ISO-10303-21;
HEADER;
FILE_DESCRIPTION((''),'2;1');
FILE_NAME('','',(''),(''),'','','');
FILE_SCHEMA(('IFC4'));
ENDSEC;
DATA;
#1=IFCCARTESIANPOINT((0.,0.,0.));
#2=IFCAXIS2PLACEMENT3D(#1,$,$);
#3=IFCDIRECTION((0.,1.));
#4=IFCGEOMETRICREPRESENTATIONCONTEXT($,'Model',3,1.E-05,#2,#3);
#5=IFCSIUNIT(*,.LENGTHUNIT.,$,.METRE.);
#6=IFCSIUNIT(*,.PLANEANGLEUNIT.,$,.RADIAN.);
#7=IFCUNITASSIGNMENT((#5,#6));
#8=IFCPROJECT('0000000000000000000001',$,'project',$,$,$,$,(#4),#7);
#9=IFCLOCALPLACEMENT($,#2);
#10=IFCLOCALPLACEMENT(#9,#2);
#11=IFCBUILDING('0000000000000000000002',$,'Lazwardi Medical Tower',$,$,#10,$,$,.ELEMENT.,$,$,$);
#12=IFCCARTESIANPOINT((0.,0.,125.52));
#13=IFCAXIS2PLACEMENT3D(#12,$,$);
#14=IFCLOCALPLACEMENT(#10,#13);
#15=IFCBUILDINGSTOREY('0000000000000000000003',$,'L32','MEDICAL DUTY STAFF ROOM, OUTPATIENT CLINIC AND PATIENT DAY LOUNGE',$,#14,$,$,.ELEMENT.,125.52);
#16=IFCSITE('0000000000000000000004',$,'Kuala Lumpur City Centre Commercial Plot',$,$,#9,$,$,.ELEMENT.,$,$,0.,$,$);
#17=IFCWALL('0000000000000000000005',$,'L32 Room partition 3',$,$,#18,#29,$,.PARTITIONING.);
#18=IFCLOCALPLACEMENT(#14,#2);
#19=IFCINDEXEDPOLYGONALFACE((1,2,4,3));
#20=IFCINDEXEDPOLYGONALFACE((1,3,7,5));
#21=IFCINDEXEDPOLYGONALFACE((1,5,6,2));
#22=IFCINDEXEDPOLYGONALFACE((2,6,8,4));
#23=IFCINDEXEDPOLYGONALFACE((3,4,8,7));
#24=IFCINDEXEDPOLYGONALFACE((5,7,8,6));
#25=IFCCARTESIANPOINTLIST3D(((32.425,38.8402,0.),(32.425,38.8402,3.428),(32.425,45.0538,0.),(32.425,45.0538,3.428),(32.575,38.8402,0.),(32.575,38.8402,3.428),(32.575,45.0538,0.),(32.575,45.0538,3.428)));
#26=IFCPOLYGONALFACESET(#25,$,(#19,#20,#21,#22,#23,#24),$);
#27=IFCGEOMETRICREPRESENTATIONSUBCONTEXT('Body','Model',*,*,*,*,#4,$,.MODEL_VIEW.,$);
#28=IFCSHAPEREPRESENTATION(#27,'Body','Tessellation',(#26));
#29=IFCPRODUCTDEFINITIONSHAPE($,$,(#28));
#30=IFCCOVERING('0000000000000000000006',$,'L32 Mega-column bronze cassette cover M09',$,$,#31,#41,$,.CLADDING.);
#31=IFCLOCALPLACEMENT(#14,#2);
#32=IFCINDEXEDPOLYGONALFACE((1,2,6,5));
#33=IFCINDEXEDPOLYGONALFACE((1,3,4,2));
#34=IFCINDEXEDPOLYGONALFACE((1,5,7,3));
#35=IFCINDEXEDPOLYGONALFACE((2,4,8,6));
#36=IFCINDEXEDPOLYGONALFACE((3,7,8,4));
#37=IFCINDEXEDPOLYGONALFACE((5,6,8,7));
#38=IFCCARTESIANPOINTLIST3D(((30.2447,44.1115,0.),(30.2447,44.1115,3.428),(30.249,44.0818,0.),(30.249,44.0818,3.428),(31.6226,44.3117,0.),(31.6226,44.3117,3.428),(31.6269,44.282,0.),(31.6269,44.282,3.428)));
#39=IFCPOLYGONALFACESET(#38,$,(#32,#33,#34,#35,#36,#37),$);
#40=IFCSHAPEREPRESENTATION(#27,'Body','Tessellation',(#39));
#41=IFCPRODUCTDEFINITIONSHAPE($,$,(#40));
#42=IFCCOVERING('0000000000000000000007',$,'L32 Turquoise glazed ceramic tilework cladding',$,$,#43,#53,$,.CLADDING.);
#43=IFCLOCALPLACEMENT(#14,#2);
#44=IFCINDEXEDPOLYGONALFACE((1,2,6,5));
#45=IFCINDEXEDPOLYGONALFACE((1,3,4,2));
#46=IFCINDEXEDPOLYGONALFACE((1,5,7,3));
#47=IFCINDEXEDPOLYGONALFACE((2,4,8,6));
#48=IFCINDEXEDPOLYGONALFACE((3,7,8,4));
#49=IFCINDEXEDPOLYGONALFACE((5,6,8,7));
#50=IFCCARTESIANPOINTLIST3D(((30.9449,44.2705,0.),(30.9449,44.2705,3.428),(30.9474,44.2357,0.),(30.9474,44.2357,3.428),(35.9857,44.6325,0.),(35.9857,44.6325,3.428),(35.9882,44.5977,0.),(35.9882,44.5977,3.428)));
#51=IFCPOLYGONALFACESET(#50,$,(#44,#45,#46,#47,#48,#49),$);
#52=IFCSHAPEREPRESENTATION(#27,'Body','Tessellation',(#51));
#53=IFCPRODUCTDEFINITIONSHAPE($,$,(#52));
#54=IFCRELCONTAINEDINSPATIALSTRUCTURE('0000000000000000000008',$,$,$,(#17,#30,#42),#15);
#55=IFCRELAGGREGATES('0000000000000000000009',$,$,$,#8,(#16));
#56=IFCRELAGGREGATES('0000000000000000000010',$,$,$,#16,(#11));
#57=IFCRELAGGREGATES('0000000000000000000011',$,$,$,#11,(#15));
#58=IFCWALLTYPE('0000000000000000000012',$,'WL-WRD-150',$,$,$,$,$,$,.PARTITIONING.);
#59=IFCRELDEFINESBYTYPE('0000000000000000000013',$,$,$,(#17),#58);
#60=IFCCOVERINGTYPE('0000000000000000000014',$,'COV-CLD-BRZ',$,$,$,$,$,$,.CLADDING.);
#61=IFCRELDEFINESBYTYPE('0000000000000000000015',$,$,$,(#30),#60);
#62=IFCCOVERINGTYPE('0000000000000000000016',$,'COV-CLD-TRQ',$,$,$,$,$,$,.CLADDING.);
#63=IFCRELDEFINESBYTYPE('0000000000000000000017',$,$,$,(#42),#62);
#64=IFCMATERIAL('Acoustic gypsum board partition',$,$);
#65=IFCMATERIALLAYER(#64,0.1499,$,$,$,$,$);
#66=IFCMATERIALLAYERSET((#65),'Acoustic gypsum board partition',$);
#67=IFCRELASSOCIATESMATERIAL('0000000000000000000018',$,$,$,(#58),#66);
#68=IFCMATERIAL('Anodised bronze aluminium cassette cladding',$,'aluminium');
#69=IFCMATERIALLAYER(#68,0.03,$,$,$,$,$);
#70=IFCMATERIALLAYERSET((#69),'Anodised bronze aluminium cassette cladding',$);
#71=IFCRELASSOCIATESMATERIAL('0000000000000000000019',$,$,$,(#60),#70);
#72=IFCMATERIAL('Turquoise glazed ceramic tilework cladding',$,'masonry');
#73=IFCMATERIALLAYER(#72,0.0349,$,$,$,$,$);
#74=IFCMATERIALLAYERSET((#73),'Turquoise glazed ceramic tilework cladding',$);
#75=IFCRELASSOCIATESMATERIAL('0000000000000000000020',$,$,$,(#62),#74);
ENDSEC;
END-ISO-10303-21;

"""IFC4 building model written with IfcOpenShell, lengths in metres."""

from ifc_helpers import new_model, si_unit, direction, frame, frame_2d, origin, origin_2d, place, context, subcontext, project, spatial, rectangle, extrude, material, layer, layer_set, type_object, element, save


model = new_model("IFC4")

# Units and contexts
model_context = context("Model", 3, precision=1e-05, world=origin(), true_north=direction((0.0, 1.0)))
body_context = subcontext(model_context, "Body", "Model", "MODEL_VIEW")
ifc_project = project(units=[si_unit("LENGTHUNIT", "METRE"), si_unit("PLANEANGLEUNIT", "RADIAN")], contexts=[model_context])

# Site, building, storey
site_placement = place(None, origin())
site = spatial("IfcSite", under=ifc_project, at=site_placement, Name="Kuala Lumpur City Centre Commercial Plot", CompositionType="ELEMENT", RefElevation=0.0)
building_placement = place(site_placement, origin())
building = spatial("IfcBuilding", under=site, at=building_placement, Name="Lazwardi Medical Tower", CompositionType="ELEMENT")
storey_placement = place(building_placement, frame((0.0, 0.0, 125.52)))
storey = spatial("IfcBuildingStorey", under=building, at=storey_placement, Name="L32", Description="MEDICAL DUTY STAFF ROOM, OUTPATIENT CLINIC AND PATIENT DAY LOUNGE", CompositionType="ELEMENT", Elevation=125.52)

# Wall
ifc_material_1 = material(Name="Acoustic gypsum board partition")
ifc_layer_1 = layer(ifc_material_1, 0.1499)
ifc_layer_set_1 = layer_set([ifc_layer_1], Name="Acoustic gypsum board partition")
wall_type_1 = type_object("IfcWallType", Name="WL-WRD-150", PredefinedType="PARTITIONING", material=ifc_layer_set_1)
wall_1_placement = place(storey_placement, frame((32.5, 38.8401, 0.0), z_axis=(0.0, 0.0, 1.0), x_axis=(0.0, 1.0, 0.0)))
element("IfcWall", 1, at=wall_1_placement, inside=storey, type_object=wall_type_1, Name="L32 Room partition 3", PredefinedType="PARTITIONING", context=body_context, shape_type="SweptSolid", body=[
    extrude(rectangle(XDim=6.2136, YDim=0.1499, at=frame_2d((3.1069, 0.0))), origin(), (0.0, 0.0, 1.0), 3.428),
])

# Coverings
ifc_material_2 = material(Name="Anodised bronze aluminium cassette cladding", Category="aluminium")
ifc_layer_2 = layer(ifc_material_2, 0.03)
ifc_layer_set_2 = layer_set([ifc_layer_2], Name="Anodised bronze aluminium cassette cladding")
covering_type_1 = type_object("IfcCoveringType", Name="COV-CLD-BRZ", PredefinedType="CLADDING", material=ifc_layer_set_2)
covering_1_placement = place(storey_placement, frame((30.9358, 44.1968, 0.0), z_axis=(0.0, 0.0, 1.0), x_axis=(-0.989609, -0.143785, 0.0)))
element("IfcCovering", 2, at=covering_1_placement, inside=storey, type_object=covering_type_1, Name="L32 Mega-column bronze cassette cover M09", PredefinedType="CLADDING", context=body_context, shape_type="SweptSolid", body=[
    extrude(rectangle(XDim=1.3923, YDim=0.03, at=origin_2d()), origin(), (0.0, 0.0, 1.0), 3.428),
])
ifc_material_3 = material(Name="Turquoise glazed ceramic tilework cladding", Category="masonry")
ifc_layer_3 = layer(ifc_material_3, 0.0349)
ifc_layer_set_3 = layer_set([ifc_layer_3], Name="Turquoise glazed ceramic tilework cladding")
covering_type_2 = type_object("IfcCoveringType", Name="COV-CLD-TRQ", PredefinedType="CLADDING", material=ifc_layer_set_3)
covering_2_placement = place(storey_placement, frame((33.4666, 44.4341, 0.0), z_axis=(0.0, 0.0, 1.0), x_axis=(-0.997431, -0.071631, 0.0)))
element("IfcCovering", 3, at=covering_2_placement, inside=storey, type_object=covering_type_2, Name="L32 Turquoise glazed ceramic tilework cladding", PredefinedType="CLADDING", context=body_context, shape_type="SweptSolid", body=[
    extrude(rectangle(XDim=5.0537, YDim=0.0349, at=origin_2d()), origin(), (0.0, 0.0, 1.0), 3.428),
])

save(model, "model.ifc")
